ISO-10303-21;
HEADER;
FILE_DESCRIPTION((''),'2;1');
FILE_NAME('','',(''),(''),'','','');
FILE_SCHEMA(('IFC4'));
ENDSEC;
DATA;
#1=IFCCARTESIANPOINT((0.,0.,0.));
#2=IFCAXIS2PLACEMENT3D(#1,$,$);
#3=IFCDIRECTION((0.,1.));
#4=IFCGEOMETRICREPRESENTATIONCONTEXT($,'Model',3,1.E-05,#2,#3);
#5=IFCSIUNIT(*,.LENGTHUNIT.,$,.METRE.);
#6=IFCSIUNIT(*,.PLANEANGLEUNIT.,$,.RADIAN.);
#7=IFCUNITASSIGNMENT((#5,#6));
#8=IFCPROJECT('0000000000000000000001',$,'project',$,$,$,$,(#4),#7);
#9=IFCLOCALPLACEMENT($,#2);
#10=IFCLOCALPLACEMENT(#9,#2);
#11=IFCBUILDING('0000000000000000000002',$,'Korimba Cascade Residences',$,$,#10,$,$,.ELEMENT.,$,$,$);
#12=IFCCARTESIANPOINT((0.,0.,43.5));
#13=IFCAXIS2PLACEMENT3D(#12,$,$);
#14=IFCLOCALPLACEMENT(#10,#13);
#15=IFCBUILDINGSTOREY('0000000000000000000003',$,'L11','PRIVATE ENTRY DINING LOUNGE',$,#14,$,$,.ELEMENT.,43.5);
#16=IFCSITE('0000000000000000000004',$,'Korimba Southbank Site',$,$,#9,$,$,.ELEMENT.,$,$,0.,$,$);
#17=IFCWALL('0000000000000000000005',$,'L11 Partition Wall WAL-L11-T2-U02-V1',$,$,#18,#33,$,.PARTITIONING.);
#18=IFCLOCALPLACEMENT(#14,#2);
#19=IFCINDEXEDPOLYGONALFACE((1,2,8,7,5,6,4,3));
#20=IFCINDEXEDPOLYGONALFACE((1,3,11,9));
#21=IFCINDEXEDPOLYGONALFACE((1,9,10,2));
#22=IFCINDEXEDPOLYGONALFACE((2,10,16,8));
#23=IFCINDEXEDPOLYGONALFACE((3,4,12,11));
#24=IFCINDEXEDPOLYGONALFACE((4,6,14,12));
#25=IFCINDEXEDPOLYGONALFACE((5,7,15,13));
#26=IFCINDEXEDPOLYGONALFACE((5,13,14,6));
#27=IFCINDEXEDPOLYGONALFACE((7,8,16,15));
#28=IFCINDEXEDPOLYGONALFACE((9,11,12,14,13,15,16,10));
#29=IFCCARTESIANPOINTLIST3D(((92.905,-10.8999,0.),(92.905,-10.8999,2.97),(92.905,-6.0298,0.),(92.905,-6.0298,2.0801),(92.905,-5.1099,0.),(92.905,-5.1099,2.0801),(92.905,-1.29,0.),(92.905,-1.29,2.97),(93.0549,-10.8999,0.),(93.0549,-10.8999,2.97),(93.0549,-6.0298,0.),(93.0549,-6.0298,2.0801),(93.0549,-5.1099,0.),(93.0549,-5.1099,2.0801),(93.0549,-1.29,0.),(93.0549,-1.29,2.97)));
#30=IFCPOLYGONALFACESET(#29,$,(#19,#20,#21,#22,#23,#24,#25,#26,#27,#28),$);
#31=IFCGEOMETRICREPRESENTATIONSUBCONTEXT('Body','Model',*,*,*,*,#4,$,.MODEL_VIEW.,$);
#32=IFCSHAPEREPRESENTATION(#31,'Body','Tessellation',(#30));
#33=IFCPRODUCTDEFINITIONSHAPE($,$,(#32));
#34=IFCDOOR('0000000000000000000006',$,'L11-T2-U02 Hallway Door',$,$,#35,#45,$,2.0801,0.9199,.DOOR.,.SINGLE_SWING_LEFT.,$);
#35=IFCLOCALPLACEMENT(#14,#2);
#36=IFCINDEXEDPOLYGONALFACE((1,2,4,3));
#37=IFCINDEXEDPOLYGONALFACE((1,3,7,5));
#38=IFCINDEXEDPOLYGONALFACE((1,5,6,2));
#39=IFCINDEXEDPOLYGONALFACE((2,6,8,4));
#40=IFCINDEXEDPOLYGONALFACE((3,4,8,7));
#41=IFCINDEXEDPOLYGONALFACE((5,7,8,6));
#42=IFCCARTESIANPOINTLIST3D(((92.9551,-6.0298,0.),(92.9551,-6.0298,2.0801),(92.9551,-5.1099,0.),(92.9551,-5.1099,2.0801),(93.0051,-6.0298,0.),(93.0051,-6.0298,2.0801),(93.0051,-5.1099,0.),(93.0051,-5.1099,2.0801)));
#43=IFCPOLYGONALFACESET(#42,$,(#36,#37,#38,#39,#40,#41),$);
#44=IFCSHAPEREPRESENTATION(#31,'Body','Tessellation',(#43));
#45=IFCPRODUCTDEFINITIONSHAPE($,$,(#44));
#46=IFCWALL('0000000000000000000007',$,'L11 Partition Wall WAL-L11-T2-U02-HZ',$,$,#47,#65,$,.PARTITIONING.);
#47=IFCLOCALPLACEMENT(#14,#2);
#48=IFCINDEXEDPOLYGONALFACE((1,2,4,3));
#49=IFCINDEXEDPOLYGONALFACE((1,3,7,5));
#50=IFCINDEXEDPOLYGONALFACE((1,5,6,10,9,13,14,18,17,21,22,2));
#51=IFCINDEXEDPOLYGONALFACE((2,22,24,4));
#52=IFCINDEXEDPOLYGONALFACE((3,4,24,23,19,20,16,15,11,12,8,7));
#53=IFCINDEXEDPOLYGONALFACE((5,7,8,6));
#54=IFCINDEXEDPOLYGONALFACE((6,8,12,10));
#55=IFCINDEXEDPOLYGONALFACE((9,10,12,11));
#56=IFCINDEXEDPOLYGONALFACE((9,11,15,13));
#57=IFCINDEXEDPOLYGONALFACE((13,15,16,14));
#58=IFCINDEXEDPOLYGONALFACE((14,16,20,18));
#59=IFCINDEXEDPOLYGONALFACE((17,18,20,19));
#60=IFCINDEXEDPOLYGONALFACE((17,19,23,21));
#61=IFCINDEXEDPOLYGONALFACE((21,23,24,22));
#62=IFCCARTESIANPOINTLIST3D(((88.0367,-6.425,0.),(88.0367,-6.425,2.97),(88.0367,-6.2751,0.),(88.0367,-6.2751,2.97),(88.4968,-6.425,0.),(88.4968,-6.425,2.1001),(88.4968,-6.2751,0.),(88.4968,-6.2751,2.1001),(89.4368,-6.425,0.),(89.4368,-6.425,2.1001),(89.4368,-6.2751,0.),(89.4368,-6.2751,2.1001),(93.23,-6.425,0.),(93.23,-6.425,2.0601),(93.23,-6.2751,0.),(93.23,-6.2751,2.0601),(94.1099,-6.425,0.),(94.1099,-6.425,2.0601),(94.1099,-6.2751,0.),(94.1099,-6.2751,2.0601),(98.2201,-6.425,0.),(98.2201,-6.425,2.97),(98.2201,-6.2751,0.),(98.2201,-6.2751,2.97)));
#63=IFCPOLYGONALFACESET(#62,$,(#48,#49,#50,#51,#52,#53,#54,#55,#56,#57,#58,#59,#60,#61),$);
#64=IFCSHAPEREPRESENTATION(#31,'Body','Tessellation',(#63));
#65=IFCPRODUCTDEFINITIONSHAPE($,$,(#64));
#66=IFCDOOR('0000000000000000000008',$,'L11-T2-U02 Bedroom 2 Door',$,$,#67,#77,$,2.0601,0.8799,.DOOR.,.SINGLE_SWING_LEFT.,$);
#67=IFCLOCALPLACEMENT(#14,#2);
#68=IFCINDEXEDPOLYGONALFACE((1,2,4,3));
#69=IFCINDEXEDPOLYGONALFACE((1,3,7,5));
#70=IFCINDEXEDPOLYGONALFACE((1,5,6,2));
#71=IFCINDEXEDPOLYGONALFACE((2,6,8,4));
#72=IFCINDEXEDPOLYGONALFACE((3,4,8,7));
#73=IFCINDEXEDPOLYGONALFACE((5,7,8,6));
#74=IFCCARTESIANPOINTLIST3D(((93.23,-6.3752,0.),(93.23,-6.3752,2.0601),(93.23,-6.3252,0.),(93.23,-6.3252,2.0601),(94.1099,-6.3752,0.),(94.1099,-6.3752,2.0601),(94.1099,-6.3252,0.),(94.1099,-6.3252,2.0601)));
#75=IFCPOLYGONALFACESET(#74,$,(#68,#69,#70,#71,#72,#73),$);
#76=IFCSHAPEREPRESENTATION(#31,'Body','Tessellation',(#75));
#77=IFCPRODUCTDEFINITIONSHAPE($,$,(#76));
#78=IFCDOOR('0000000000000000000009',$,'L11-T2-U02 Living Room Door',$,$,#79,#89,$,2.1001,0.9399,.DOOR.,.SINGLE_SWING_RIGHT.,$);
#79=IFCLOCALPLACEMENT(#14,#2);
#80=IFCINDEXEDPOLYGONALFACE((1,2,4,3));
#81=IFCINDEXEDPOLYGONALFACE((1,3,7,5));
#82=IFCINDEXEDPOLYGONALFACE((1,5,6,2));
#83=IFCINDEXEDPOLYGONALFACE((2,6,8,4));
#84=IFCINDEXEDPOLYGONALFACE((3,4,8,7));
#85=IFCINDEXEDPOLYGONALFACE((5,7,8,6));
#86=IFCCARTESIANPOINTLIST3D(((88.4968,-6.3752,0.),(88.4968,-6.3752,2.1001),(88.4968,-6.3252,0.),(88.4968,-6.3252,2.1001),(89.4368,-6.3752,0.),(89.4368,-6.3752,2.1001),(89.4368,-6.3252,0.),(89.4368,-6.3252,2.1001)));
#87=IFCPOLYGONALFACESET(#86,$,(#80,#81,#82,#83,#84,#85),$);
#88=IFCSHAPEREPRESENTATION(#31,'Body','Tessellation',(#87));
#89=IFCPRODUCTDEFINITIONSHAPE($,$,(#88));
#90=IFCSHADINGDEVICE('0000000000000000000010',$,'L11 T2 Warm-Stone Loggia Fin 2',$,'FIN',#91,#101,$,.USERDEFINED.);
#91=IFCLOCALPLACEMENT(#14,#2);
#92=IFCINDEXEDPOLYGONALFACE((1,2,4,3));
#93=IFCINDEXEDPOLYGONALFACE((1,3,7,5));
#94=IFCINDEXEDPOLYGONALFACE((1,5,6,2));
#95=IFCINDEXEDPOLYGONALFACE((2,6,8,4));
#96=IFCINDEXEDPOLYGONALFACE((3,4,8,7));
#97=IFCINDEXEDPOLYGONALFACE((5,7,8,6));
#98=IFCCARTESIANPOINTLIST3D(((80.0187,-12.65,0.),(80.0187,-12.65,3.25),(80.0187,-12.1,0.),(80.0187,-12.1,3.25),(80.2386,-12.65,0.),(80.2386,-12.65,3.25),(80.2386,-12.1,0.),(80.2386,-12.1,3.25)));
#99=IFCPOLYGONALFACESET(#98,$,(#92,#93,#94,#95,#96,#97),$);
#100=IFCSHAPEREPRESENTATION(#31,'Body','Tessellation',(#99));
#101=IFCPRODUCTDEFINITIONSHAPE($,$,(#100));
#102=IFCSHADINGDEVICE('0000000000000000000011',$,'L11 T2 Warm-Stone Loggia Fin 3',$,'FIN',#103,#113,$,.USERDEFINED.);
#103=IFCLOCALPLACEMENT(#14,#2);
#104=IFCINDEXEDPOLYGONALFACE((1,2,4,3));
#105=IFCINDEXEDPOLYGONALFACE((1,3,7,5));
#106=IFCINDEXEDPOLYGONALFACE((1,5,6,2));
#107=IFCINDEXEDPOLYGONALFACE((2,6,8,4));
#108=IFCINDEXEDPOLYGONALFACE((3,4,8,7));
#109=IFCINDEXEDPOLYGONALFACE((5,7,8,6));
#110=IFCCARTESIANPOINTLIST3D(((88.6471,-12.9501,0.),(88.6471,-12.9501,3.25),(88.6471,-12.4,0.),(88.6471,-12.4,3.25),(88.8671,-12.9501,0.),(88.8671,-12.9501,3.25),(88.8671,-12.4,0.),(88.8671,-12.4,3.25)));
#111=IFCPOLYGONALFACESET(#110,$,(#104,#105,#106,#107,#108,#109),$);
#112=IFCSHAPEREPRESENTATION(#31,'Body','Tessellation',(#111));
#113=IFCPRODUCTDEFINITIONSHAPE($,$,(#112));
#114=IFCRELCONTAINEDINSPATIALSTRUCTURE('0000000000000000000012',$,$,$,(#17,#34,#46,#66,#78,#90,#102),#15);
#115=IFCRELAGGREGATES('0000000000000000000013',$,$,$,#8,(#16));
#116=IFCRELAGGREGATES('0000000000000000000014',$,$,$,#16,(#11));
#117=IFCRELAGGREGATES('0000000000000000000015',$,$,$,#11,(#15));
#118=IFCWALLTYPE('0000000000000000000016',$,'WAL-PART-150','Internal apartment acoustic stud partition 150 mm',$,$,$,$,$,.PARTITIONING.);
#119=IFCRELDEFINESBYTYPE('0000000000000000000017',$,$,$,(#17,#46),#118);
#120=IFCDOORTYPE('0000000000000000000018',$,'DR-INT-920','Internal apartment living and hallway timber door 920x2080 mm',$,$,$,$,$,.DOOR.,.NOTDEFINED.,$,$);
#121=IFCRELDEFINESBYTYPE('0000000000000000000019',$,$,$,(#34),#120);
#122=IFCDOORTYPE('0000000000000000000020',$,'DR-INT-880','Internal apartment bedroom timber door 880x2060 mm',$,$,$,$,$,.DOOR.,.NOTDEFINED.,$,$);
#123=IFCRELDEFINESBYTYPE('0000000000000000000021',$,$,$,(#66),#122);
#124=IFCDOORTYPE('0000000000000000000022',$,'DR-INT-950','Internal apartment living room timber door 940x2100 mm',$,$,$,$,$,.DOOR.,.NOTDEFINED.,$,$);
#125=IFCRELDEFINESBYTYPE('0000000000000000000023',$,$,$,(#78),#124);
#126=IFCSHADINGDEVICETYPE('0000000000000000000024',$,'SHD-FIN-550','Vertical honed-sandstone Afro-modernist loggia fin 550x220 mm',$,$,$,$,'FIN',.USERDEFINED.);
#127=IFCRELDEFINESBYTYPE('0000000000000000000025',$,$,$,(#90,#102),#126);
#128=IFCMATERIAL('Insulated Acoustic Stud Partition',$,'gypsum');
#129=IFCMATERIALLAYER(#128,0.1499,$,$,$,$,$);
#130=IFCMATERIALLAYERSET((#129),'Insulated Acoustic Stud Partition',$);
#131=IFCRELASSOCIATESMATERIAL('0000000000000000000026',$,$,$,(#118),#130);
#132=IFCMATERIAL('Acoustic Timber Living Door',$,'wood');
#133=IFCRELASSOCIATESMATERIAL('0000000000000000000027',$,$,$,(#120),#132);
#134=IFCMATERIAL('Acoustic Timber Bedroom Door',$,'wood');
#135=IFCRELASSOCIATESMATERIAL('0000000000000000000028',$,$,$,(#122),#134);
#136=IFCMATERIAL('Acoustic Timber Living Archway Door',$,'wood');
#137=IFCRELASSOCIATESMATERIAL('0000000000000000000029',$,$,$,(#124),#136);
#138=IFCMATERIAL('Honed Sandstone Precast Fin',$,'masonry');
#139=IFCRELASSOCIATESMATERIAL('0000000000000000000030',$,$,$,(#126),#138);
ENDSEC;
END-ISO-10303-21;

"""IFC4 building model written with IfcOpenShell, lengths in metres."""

from ifc_helpers import new_model, si_unit, direction, frame, frame_2d, origin, origin_2d, place, context, subcontext, project, spatial, rectangle, extrude, material, layer, layer_set, type_object, element, fill, save


model = new_model("IFC4")

# Units and contexts
model_context = context("Model", 3, precision=1e-05, world=origin(), true_north=direction((0.0, 1.0)))
body_context = subcontext(model_context, "Body", "Model", "MODEL_VIEW")
ifc_project = project(units=[si_unit("LENGTHUNIT", "METRE"), si_unit("PLANEANGLEUNIT", "RADIAN")], contexts=[model_context])

# Site, building, storey
site_placement = place(None, origin())
site = spatial("IfcSite", under=ifc_project, at=site_placement, Name="Korimba Southbank Site", CompositionType="ELEMENT", RefElevation=0.0)
building_placement = place(site_placement, origin())
building = spatial("IfcBuilding", under=site, at=building_placement, Name="Korimba Cascade Residences", CompositionType="ELEMENT")
storey_placement = place(building_placement, frame((0.0, 0.0, 43.5)))
storey = spatial("IfcBuildingStorey", under=building, at=storey_placement, Name="L11", Description="PRIVATE ENTRY DINING LOUNGE", CompositionType="ELEMENT", Elevation=43.5)

# Shared definitions
ifc_material_1 = material(Name="Insulated Acoustic Stud Partition", Category="gypsum")
ifc_layer_1 = layer(ifc_material_1, 0.1499)
ifc_layer_set_1 = layer_set([ifc_layer_1], Name="Insulated Acoustic Stud Partition")
wall_type_1 = type_object("IfcWallType", Name="WAL-PART-150", Description="Internal apartment acoustic stud partition 150 mm", PredefinedType="PARTITIONING", material=ifc_layer_set_1)

# Wall, opening, door
ifc_material_2 = material(Name="Acoustic Timber Living Door", Category="wood")
door_type_1 = type_object("IfcDoorType", Name="DR-INT-920", Description="Internal apartment living and hallway timber door 920x2080 mm", OperationType="NOTDEFINED", PredefinedType="DOOR", material=ifc_material_2)
wall_1_placement = place(storey_placement, frame((92.98, -10.8999, 0.0), z_axis=(0.0, 0.0, 1.0), x_axis=(0.0, 1.0, 0.0)))
wall_1 = element("IfcWall", 1, at=wall_1_placement, inside=storey, type_object=wall_type_1, Name="L11 Partition Wall WAL-L11-T2-U02-V1", PredefinedType="PARTITIONING", context=body_context, shape_type="SweptSolid", body=[
    extrude(rectangle(XDim=9.6099, YDim=0.1499, at=frame_2d((4.8049, 0.0))), origin(), (0.0, 0.0, 1.0), 2.97),
])
opening_1_placement = place(wall_1_placement, frame((4.8701, 0.0, 0.0)))
opening_1 = element("IfcOpeningElement", 2, at=opening_1_placement, cuts=wall_1, PredefinedType="OPENING", context=body_context, shape_type="SweptSolid", body=[
    extrude(rectangle(XDim=0.9199, YDim=2.0801, at=frame_2d((0.46, 1.04))), frame((0.0, 0.085, 0.0), z_axis=(0.0, -1.0, 0.0), x_axis=(1.0, 0.0, 0.0)), (0.0, 0.0, 1.0), 0.1699),
])
door_1_placement = place(opening_1_placement, origin())
door_1 = element("IfcDoor", 3, at=door_1_placement, inside=storey, type_object=door_type_1, Name="L11-T2-U02 Hallway Door", OperationType="SINGLE_SWING_LEFT", OverallHeight=2.0801, OverallWidth=0.9199, PredefinedType="DOOR", context=body_context, shape_type="SweptSolid", body=[
    extrude(rectangle(XDim=0.9199, YDim=2.0801, at=frame_2d((0.46, 1.04))), frame((0.0, 0.0249, 0.0), z_axis=(0.0, -1.0, 0.0), x_axis=(1.0, 0.0, 0.0)), (0.0, 0.0, 1.0), 0.05),
])
fill(opening_1, door_1)

# Wall, openings, doors
wall_2_placement = place(storey_placement, frame((88.0366, -6.3501, 0.0), z_axis=(0.0, 0.0, 1.0), x_axis=(1.0, 0.0, 0.0)))
wall_2 = element("IfcWall", 4, at=wall_2_placement, inside=storey, type_object=wall_type_1, Name="L11 Partition Wall WAL-L11-T2-U02-HZ", PredefinedType="PARTITIONING", context=body_context, shape_type="SweptSolid", body=[
    extrude(rectangle(XDim=10.1833, YDim=0.1499, at=frame_2d((5.0918, 0.0))), origin(), (0.0, 0.0, 1.0), 2.97),
])
opening_2_placement = place(wall_2_placement, frame((0.4602, 0.0, 0.0)))
opening_2 = element("IfcOpeningElement", 5, at=opening_2_placement, cuts=wall_2, PredefinedType="OPENING", context=body_context, shape_type="SweptSolid", body=[
    extrude(rectangle(XDim=0.9399, YDim=2.1001, at=frame_2d((0.47, 1.05))), frame((0.0, 0.085, 0.0), z_axis=(0.0, -1.0, 0.0), x_axis=(1.0, 0.0, 0.0)), (0.0, 0.0, 1.0), 0.1699),
])
opening_3_placement = place(wall_2_placement, frame((5.1934, 0.0, 0.0)))
opening_3 = element("IfcOpeningElement", 6, at=opening_3_placement, cuts=wall_2, PredefinedType="OPENING", context=body_context, shape_type="SweptSolid", body=[
    extrude(rectangle(XDim=0.8799, YDim=2.0601, at=frame_2d((0.4399, 1.03))), frame((0.0, 0.085, 0.0), z_axis=(0.0, -1.0, 0.0), x_axis=(1.0, 0.0, 0.0)), (0.0, 0.0, 1.0), 0.1699),
])
ifc_material_3 = material(Name="Acoustic Timber Bedroom Door", Category="wood")
door_type_2 = type_object("IfcDoorType", Name="DR-INT-880", Description="Internal apartment bedroom timber door 880x2060 mm", OperationType="NOTDEFINED", PredefinedType="DOOR", material=ifc_material_3)
door_2_placement = place(opening_3_placement, origin())
door_2 = element("IfcDoor", 7, at=door_2_placement, inside=storey, type_object=door_type_2, Name="L11-T2-U02 Bedroom 2 Door", OperationType="SINGLE_SWING_LEFT", OverallHeight=2.0601, OverallWidth=0.8799, PredefinedType="DOOR", context=body_context, shape_type="SweptSolid", body=[
    extrude(rectangle(XDim=0.8799, YDim=2.0601, at=frame_2d((0.4399, 1.03))), frame((0.0, 0.0249, 0.0), z_axis=(0.0, -1.0, 0.0), x_axis=(1.0, 0.0, 0.0)), (0.0, 0.0, 1.0), 0.05),
])
fill(opening_3, door_2)
ifc_material_4 = material(Name="Acoustic Timber Living Archway Door", Category="wood")
door_type_3 = type_object("IfcDoorType", Name="DR-INT-950", Description="Internal apartment living room timber door 940x2100 mm", OperationType="NOTDEFINED", PredefinedType="DOOR", material=ifc_material_4)
door_3_placement = place(opening_2_placement, origin())
door_3 = element("IfcDoor", 8, at=door_3_placement, inside=storey, type_object=door_type_3, Name="L11-T2-U02 Living Room Door", OperationType="SINGLE_SWING_RIGHT", OverallHeight=2.1001, OverallWidth=0.9399, PredefinedType="DOOR", context=body_context, shape_type="SweptSolid", body=[
    extrude(rectangle(XDim=0.9399, YDim=2.1001, at=frame_2d((0.47, 1.05))), frame((0.0, 0.0249, 0.0), z_axis=(0.0, -1.0, 0.0), x_axis=(1.0, 0.0, 0.0)), (0.0, 0.0, 1.0), 0.05),
])
fill(opening_2, door_3)

# Shading devices
ifc_material_5 = material(Name="Honed Sandstone Precast Fin", Category="masonry")
shading_device_type = type_object("IfcShadingDeviceType", Name="SHD-FIN-550", Description="Vertical honed-sandstone Afro-modernist loggia fin 550x220 mm", ElementType="FIN", PredefinedType="USERDEFINED", material=ifc_material_5)
for number, where, z_axis, x_axis, name in (
    (9, (80.1287, -12.375, 0.0), (0.0, 0.0, 1.0), (1.0, 0.0, 0.0), "L11 T2 Warm-Stone Loggia Fin 2"),
    (10, (88.7571, -12.675, 0.0), (0.0, 0.0, 1.0), (1.0, 0.0, 0.0), "L11 T2 Warm-Stone Loggia Fin 3"),
):
    element("IfcShadingDevice", number, at=place(storey_placement, frame(where, z_axis=z_axis, x_axis=x_axis)), inside=storey, type_object=shading_device_type, Name=name, ObjectType="FIN", PredefinedType="USERDEFINED", context=body_context, shape_type="SweptSolid", body=[
        extrude(rectangle(XDim=0.22, YDim=0.55, at=origin_2d()), origin(), (0.0, 0.0, 1.0), 3.25),
    ])

save(model, "model.ifc")
